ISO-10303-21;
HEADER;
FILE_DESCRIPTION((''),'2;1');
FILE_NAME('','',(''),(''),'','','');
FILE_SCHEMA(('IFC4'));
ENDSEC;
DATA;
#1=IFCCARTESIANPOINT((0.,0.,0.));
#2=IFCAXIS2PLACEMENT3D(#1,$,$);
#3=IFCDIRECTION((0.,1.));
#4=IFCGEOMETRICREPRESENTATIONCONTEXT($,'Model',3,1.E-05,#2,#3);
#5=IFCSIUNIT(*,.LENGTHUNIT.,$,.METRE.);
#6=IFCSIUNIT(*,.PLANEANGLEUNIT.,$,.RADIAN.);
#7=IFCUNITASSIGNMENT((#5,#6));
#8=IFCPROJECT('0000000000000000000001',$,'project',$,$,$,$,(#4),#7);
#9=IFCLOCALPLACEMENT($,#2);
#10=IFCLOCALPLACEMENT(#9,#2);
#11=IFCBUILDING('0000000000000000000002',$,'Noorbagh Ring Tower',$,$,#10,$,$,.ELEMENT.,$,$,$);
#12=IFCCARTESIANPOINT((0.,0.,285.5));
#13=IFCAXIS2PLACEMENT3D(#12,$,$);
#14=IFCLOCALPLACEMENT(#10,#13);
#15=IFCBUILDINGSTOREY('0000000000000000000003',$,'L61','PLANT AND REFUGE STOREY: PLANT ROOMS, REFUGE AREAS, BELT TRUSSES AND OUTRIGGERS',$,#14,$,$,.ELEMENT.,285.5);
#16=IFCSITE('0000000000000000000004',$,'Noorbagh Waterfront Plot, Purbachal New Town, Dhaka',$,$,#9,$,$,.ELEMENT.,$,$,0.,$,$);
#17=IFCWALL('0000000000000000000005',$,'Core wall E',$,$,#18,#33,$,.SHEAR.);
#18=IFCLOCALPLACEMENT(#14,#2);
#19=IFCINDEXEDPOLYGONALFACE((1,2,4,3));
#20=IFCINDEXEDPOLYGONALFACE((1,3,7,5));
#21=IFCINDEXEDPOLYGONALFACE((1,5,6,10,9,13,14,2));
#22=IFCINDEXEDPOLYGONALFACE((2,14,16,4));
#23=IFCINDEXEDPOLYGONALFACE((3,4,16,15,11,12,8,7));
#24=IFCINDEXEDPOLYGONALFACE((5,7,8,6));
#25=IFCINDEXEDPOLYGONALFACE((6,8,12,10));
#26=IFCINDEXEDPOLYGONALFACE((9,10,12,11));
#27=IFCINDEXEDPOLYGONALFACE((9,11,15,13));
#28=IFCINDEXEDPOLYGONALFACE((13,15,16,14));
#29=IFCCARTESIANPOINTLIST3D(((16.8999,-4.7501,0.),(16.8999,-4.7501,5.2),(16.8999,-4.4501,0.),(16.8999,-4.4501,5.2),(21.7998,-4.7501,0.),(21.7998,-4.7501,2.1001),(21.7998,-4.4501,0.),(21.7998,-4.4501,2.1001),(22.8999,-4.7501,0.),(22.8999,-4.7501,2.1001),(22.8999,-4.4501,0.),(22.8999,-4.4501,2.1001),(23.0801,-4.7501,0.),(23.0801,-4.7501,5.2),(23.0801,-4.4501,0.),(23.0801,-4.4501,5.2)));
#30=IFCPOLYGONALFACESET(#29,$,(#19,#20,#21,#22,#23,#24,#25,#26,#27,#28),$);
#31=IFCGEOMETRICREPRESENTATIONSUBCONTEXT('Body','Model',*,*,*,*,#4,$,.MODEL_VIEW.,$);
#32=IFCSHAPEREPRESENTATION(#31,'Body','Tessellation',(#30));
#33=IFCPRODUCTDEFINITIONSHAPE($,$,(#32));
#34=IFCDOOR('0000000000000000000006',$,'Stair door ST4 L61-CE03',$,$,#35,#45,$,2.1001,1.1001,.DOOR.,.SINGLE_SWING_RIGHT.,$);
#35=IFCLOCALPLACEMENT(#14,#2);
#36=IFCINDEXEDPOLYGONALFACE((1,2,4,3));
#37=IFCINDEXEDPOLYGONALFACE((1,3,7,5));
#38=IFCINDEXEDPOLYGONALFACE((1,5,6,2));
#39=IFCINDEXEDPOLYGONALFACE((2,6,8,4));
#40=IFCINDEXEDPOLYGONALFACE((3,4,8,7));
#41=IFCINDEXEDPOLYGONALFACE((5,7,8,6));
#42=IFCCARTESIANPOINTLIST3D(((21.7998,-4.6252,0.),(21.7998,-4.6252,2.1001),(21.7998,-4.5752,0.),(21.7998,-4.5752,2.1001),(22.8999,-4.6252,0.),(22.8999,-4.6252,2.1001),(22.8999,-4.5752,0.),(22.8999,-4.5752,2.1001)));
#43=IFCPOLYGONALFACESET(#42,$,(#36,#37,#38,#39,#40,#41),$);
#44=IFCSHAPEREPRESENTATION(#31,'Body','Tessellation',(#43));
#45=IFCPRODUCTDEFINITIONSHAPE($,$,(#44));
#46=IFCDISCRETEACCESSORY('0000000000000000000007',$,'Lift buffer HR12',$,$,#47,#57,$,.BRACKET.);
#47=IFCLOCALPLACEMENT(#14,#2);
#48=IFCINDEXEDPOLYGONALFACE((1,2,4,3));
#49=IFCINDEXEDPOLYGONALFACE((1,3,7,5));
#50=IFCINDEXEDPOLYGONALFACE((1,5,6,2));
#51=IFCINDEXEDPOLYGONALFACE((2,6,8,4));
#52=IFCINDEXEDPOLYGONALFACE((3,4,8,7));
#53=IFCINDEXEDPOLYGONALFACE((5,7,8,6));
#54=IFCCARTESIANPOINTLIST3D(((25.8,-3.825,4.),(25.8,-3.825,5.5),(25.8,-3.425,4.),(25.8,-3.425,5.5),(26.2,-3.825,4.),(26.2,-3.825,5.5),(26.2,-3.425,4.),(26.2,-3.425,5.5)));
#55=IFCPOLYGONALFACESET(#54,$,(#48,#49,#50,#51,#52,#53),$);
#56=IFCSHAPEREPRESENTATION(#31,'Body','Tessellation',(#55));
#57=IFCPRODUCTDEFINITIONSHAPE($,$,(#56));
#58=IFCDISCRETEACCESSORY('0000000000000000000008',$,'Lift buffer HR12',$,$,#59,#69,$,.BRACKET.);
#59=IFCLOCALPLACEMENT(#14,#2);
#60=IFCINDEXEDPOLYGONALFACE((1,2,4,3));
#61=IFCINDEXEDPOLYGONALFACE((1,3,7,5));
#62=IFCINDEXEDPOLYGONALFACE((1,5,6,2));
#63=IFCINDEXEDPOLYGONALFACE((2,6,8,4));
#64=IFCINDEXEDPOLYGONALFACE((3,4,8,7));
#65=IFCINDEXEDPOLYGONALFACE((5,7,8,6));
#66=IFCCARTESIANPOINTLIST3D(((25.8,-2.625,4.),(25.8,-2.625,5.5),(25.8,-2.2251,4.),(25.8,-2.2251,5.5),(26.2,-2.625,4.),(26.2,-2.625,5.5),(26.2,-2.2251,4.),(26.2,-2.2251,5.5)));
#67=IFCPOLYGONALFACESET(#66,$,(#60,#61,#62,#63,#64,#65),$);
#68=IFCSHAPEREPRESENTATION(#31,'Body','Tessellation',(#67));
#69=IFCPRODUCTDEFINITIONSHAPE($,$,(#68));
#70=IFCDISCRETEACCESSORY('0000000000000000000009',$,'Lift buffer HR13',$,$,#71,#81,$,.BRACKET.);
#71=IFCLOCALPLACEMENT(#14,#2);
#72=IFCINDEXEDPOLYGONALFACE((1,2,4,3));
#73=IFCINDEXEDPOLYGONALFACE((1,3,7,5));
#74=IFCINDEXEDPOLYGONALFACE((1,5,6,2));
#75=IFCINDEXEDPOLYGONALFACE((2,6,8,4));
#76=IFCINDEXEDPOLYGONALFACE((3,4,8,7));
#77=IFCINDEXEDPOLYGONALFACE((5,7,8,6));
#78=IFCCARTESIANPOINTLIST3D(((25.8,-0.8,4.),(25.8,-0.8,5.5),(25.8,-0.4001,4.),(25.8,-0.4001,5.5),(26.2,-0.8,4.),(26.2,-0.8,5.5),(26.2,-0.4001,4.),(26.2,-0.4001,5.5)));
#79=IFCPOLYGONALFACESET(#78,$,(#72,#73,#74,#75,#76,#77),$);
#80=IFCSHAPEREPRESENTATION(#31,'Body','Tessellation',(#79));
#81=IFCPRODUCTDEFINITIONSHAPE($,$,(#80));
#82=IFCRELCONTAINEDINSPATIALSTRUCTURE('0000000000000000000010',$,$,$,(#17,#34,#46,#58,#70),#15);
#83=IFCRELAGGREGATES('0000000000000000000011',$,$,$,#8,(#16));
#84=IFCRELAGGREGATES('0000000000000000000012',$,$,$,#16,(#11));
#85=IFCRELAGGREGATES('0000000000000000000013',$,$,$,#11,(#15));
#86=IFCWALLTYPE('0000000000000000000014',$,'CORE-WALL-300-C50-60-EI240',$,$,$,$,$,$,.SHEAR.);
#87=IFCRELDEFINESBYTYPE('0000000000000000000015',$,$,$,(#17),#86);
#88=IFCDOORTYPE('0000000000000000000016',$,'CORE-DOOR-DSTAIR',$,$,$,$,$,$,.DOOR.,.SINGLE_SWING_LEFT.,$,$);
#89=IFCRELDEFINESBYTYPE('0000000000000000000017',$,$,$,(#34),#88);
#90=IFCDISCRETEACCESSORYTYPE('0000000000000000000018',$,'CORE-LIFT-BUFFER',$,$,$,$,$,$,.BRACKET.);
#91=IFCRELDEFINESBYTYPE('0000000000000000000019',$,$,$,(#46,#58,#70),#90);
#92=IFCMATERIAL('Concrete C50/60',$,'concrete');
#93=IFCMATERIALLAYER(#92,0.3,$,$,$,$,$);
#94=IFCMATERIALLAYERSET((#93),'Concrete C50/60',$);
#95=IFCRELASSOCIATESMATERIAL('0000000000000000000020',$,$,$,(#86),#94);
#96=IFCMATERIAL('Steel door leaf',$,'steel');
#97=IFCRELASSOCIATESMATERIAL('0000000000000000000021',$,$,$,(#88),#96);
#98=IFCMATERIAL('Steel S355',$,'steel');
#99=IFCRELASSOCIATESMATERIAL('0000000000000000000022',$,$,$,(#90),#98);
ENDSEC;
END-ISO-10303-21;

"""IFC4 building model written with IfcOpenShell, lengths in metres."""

from ifc_helpers import new_model, si_unit, direction, frame, frame_2d, origin, origin_2d, place, context, subcontext, project, spatial, rectangle, extrude, material, layer, layer_set, type_object, element, fill, save


model = new_model("IFC4")

# Units and contexts
model_context = context("Model", 3, precision=1e-05, world=origin(), true_north=direction((0.0, 1.0)))
body_context = subcontext(model_context, "Body", "Model", "MODEL_VIEW")
ifc_project = project(units=[si_unit("LENGTHUNIT", "METRE"), si_unit("PLANEANGLEUNIT", "RADIAN")], contexts=[model_context])

# Site, building, storey
site_placement = place(None, origin())
site = spatial("IfcSite", under=ifc_project, at=site_placement, Name="Noorbagh Waterfront Plot, Purbachal New Town, Dhaka", CompositionType="ELEMENT", RefElevation=0.0)
building_placement = place(site_placement, origin())
building = spatial("IfcBuilding", under=site, at=building_placement, Name="Noorbagh Ring Tower", CompositionType="ELEMENT")
storey_placement = place(building_placement, frame((0.0, 0.0, 285.5)))
storey = spatial("IfcBuildingStorey", under=building, at=storey_placement, Name="L61", Description="PLANT AND REFUGE STOREY: PLANT ROOMS, REFUGE AREAS, BELT TRUSSES AND OUTRIGGERS", CompositionType="ELEMENT", Elevation=285.5)

# Wall, opening, door
ifc_material_1 = material(Name="Concrete C50/60", Category="concrete")
ifc_layer_1 = layer(ifc_material_1, 0.3)
ifc_layer_set_1 = layer_set([ifc_layer_1], Name="Concrete C50/60")
wall_type_1 = type_object("IfcWallType", Name="CORE-WALL-300-C50-60-EI240", PredefinedType="SHEAR", material=ifc_layer_set_1)
wall_1_placement = place(storey_placement, frame((16.8999, -4.6001, 0.0), z_axis=(0.0, 0.0, 1.0), x_axis=(1.0, 0.0, 0.0)))
wall_1 = element("IfcWall", 1, at=wall_1_placement, inside=storey, type_object=wall_type_1, Name="Core wall E", PredefinedType="SHEAR", context=body_context, shape_type="SweptSolid", body=[
    extrude(rectangle(XDim=6.1802, YDim=0.3, at=frame_2d((3.0901, 0.0))), origin(), (0.0, 0.0, 1.0), 5.2),
])
opening_1_placement = place(wall_1_placement, frame((4.8999, 0.0, 0.0)))
opening_1 = element("IfcOpeningElement", 2, at=opening_1_placement, cuts=wall_1, PredefinedType="OPENING", context=body_context, shape_type="SweptSolid", body=[
    extrude(rectangle(XDim=1.1001, YDim=2.1001, at=frame_2d((0.55, 1.05))), frame((0.0, 0.1602, 0.0), z_axis=(0.0, -1.0, 0.0), x_axis=(1.0, 0.0, 0.0)), (0.0, 0.0, 1.0), 0.3201),
])
ifc_material_2 = material(Name="Steel door leaf", Category="steel")
door_type_1 = type_object("IfcDoorType", Name="CORE-DOOR-DSTAIR", OperationType="SINGLE_SWING_LEFT", PredefinedType="DOOR", material=ifc_material_2)
door_1_placement = place(opening_1_placement, origin())
door_1 = element("IfcDoor", 3, at=door_1_placement, inside=storey, type_object=door_type_1, Name="Stair door ST4 L61-CE03", OperationType="SINGLE_SWING_RIGHT", OverallHeight=2.1001, OverallWidth=1.1001, PredefinedType="DOOR", context=body_context, shape_type="SweptSolid", body=[
    extrude(rectangle(XDim=1.1001, YDim=2.1001, at=frame_2d((0.55, 1.05))), frame((0.0, 0.0249, 0.0), z_axis=(0.0, -1.0, 0.0), x_axis=(1.0, 0.0, 0.0)), (0.0, 0.0, 1.0), 0.05),
])
fill(opening_1, door_1)

# Discrete accessories
ifc_material_3 = material(Name="Steel S355", Category="steel")
discrete_accessory_type = type_object("IfcDiscreteAccessoryType", Name="CORE-LIFT-BUFFER", PredefinedType="BRACKET", material=ifc_material_3)
for number, where, z_axis, x_axis, name in (
    (4, (26.0, -3.625, 4.0), (0.0, 0.0, 1.0), (1.0, 0.0, 0.0), "Lift buffer HR12"),
    (5, (26.0, -2.425, 4.0), (0.0, 0.0, 1.0), (1.0, 0.0, 0.0), "Lift buffer HR12"),
    (6, (26.0, -0.6001, 4.0), (0.0, 0.0, 1.0), (1.0, 0.0, 0.0), "Lift buffer HR13"),
):
    element("IfcDiscreteAccessory", number, at=place(storey_placement, frame(where, z_axis=z_axis, x_axis=x_axis)), inside=storey, type_object=discrete_accessory_type, Name=name, PredefinedType="BRACKET", context=body_context, shape_type="SweptSolid", body=[
        extrude(rectangle(XDim=0.3999, YDim=0.3999, at=origin_2d()), origin(), (0.0, 0.0, 1.0), 1.5),
    ])

save(model, "model.ifc")
